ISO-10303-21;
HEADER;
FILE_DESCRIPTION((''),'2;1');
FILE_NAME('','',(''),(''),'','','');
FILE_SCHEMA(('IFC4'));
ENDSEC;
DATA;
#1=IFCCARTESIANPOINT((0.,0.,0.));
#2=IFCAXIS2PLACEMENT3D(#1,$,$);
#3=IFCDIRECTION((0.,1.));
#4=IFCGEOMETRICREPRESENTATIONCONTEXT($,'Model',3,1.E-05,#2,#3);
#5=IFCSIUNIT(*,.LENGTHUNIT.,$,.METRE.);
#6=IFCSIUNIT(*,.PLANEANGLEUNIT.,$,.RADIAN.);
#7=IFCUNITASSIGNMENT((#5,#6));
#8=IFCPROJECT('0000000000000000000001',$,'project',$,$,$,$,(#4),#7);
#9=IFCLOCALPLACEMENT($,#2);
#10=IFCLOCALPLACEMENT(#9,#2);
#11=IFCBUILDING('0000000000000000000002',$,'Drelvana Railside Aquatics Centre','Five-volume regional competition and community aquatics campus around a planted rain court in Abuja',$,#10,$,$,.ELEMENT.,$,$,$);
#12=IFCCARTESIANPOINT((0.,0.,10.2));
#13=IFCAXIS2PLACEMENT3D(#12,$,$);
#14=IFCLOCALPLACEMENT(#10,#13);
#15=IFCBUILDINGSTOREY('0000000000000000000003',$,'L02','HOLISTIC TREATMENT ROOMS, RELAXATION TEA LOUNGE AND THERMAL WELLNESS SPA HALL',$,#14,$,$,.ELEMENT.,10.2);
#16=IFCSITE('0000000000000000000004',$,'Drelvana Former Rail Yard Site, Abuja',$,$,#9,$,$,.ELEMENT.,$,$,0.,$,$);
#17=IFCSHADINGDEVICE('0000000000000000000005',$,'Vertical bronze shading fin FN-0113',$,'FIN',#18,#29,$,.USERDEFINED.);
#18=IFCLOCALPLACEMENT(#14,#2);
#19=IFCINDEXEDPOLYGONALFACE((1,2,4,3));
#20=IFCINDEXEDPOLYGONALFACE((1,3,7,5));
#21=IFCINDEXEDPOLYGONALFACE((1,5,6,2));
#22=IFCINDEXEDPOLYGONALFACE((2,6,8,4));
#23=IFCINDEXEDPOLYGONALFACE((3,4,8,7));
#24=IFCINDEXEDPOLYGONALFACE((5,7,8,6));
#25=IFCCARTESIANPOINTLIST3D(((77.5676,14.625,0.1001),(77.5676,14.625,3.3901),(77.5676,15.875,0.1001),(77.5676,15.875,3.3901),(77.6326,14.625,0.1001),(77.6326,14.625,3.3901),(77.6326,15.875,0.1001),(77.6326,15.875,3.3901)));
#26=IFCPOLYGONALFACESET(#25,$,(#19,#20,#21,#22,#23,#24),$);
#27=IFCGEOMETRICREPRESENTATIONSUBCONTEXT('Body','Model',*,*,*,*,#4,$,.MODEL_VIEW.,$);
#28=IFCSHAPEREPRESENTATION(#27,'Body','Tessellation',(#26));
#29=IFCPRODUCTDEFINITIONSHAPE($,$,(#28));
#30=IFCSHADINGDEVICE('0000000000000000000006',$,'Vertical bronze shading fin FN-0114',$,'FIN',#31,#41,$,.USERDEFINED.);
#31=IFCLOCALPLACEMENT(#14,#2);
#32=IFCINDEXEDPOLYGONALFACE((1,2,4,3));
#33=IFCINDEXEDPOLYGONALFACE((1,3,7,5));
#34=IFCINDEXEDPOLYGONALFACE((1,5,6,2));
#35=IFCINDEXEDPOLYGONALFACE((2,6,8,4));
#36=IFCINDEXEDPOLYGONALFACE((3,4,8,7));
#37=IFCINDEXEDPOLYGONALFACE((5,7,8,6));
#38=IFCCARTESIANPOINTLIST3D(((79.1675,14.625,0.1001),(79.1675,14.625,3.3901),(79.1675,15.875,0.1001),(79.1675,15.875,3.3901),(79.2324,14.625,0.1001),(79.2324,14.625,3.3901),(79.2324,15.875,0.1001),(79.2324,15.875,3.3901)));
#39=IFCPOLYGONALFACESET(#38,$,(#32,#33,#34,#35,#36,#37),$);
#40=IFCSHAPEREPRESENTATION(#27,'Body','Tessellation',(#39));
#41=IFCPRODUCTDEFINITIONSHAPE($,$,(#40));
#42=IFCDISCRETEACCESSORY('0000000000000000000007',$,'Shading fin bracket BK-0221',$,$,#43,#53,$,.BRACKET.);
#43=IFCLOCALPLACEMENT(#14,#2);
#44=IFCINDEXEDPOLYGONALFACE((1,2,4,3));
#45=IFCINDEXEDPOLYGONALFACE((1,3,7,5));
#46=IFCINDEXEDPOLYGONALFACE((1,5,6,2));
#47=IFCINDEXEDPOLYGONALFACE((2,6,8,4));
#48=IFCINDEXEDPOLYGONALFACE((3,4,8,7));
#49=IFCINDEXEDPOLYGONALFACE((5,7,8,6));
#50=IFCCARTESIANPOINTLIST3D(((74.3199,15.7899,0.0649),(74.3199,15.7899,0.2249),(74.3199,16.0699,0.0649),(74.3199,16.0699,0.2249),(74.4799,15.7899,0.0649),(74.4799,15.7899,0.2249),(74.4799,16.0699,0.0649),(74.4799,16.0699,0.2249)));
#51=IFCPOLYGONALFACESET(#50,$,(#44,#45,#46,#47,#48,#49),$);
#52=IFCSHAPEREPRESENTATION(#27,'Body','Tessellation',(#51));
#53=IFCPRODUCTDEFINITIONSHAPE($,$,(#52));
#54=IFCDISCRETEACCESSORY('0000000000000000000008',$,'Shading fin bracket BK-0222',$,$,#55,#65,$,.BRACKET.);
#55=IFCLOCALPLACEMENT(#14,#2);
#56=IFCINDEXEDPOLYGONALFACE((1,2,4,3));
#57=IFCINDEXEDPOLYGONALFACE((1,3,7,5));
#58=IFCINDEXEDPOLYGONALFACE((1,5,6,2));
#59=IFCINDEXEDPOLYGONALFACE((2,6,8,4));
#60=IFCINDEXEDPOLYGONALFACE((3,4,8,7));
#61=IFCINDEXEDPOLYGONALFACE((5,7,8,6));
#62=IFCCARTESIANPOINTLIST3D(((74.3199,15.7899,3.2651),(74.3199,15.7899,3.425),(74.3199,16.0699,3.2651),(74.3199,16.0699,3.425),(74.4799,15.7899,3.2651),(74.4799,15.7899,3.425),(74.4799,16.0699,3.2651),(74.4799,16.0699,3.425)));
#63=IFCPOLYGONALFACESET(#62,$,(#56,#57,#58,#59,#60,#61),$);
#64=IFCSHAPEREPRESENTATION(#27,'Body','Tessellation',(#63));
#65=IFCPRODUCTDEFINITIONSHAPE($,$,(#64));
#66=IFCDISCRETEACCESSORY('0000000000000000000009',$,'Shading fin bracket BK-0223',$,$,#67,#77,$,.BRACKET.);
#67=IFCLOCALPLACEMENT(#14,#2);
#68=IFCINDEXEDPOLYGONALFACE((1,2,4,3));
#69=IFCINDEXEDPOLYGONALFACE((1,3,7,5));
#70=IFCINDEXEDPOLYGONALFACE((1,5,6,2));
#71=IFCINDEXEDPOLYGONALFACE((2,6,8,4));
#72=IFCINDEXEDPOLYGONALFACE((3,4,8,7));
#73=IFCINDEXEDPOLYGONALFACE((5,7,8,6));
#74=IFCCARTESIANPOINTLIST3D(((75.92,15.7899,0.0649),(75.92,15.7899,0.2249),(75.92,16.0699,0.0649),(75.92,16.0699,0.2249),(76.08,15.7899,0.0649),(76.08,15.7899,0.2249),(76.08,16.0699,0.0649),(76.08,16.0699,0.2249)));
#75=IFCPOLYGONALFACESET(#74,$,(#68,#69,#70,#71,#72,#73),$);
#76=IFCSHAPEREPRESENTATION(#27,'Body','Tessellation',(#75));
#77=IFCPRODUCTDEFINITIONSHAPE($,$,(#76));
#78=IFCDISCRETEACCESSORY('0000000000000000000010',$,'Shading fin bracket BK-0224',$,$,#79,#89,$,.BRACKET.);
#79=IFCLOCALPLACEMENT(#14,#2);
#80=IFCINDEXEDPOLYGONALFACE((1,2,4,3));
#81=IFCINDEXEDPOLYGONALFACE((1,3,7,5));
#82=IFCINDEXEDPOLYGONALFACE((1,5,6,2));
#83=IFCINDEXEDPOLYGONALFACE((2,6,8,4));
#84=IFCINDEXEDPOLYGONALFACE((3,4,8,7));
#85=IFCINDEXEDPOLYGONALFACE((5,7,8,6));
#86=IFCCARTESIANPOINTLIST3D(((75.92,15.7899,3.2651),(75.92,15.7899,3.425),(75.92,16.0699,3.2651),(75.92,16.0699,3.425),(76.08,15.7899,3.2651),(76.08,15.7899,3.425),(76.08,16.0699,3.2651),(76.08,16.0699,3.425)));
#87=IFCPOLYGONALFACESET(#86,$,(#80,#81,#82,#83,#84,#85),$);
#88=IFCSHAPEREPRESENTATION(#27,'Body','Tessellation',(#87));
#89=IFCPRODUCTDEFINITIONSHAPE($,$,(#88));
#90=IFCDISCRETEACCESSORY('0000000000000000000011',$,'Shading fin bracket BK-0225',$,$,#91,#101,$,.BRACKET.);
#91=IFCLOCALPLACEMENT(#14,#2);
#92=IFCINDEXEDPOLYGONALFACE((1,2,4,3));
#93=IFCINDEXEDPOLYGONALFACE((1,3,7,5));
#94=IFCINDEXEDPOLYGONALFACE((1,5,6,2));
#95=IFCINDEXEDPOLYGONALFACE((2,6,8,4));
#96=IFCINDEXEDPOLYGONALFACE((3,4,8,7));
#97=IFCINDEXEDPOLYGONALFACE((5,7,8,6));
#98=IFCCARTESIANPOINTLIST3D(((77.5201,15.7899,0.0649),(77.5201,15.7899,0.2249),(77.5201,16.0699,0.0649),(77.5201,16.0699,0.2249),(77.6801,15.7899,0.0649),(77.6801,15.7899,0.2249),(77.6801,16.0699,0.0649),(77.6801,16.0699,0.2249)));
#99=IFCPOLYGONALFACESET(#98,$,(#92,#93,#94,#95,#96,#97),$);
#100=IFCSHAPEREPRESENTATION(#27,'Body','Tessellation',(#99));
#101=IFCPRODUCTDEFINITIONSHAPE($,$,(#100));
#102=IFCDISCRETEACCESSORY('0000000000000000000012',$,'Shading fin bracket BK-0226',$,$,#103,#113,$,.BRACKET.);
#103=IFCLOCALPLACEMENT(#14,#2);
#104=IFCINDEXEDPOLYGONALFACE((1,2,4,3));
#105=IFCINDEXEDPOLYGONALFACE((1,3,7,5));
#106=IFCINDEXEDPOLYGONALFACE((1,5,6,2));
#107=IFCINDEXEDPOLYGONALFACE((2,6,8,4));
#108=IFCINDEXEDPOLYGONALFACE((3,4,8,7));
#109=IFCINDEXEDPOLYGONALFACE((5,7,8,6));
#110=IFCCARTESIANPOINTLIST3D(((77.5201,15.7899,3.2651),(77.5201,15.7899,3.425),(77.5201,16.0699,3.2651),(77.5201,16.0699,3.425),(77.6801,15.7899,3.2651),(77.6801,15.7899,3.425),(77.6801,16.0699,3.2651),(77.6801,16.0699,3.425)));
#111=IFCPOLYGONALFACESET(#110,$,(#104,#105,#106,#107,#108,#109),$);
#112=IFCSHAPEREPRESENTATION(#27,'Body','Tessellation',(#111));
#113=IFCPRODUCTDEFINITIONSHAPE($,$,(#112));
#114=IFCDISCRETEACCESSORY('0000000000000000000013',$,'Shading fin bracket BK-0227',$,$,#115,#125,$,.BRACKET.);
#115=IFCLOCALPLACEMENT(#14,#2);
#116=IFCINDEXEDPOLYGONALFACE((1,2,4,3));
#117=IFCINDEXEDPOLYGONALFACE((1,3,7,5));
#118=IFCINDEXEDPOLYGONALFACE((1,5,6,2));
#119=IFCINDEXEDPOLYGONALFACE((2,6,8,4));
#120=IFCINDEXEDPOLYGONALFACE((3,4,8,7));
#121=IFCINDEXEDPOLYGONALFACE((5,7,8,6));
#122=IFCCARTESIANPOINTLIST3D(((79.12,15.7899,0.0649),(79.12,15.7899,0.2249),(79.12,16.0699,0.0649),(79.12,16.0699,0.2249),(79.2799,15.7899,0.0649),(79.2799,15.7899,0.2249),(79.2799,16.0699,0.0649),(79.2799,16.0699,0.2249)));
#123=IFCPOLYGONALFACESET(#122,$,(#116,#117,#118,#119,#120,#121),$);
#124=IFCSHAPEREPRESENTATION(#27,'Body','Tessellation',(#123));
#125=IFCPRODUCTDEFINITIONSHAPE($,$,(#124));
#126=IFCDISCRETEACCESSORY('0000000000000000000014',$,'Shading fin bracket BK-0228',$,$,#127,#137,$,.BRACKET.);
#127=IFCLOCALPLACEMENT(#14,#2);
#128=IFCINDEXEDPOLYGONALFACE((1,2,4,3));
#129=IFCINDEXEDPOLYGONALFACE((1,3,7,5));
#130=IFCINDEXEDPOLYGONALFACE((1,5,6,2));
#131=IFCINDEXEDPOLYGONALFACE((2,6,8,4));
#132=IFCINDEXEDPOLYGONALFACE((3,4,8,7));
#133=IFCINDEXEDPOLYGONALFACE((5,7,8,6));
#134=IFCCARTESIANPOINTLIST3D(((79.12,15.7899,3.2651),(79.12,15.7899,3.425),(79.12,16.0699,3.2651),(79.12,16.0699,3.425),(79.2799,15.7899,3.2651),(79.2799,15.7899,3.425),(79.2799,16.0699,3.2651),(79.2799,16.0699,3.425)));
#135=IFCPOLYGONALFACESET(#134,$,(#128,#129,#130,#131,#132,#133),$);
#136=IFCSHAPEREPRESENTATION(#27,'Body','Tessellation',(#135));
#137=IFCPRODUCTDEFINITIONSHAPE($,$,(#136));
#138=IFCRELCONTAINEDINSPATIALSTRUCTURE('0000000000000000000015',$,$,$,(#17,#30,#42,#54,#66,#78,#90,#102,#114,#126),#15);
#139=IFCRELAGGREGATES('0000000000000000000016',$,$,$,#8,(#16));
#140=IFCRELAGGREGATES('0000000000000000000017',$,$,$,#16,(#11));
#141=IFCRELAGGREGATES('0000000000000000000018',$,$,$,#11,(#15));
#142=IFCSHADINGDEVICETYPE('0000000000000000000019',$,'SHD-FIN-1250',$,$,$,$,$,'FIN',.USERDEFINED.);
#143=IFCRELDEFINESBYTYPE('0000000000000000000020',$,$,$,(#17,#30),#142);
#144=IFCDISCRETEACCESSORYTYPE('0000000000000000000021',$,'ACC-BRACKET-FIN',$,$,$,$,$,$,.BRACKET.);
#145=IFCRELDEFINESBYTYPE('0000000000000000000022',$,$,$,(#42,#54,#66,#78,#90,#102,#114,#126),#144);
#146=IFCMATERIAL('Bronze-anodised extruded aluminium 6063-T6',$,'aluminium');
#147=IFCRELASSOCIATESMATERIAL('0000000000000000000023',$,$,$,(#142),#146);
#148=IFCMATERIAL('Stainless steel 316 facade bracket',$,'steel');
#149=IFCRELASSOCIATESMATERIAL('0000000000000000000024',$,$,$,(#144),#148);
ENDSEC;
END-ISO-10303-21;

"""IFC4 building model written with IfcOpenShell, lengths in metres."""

from ifc_helpers import new_model, si_unit, direction, frame, origin, origin_2d, place, context, subcontext, project, spatial, rectangle, extrude, material, type_object, element, save


model = new_model("IFC4")

# Units and contexts
model_context = context("Model", 3, precision=1e-05, world=origin(), true_north=direction((0.0, 1.0)))
body_context = subcontext(model_context, "Body", "Model", "MODEL_VIEW")
ifc_project = project(units=[si_unit("LENGTHUNIT", "METRE"), si_unit("PLANEANGLEUNIT", "RADIAN")], contexts=[model_context])

# Site, building, storey
site_placement = place(None, origin())
site = spatial("IfcSite", under=ifc_project, at=site_placement, Name="Drelvana Former Rail Yard Site, Abuja", CompositionType="ELEMENT", RefElevation=0.0)
building_placement = place(site_placement, origin())
building = spatial("IfcBuilding", under=site, at=building_placement, Name="Drelvana Railside Aquatics Centre", Description="Five-volume regional competition and community aquatics campus around a planted rain court in Abuja", CompositionType="ELEMENT")
storey_placement = place(building_placement, frame((0.0, 0.0, 10.2)))
storey = spatial("IfcBuildingStorey", under=building, at=storey_placement, Name="L02", Description="HOLISTIC TREATMENT ROOMS, RELAXATION TEA LOUNGE AND THERMAL WELLNESS SPA HALL", CompositionType="ELEMENT", Elevation=10.2)

# Shared definitions
ifc_material_1 = material(Name="Bronze-anodised extruded aluminium 6063-T6", Category="aluminium")

# Shading devices
shading_device_type = type_object("IfcShadingDeviceType", Name="SHD-FIN-1250", ElementType="FIN", PredefinedType="USERDEFINED", material=ifc_material_1)
for number, where, z_axis, x_axis, name in (
    (1, (77.6001, 15.25, 0.1001), (0.0, 0.0, 1.0), (0.0, -1.0, 0.0), "Vertical bronze shading fin FN-0113"),
    (2, (79.2, 15.25, 0.1001), (0.0, 0.0, 1.0), (0.0, -1.0, 0.0), "Vertical bronze shading fin FN-0114"),
):
    element("IfcShadingDevice", number, at=place(storey_placement, frame(where, z_axis=z_axis, x_axis=x_axis)), inside=storey, type_object=shading_device_type, Name=name, ObjectType="FIN", PredefinedType="USERDEFINED", context=body_context, shape_type="SweptSolid", body=[
        extrude(rectangle(XDim=1.25, YDim=0.0649, at=origin_2d()), origin(), (0.0, 0.0, 1.0), 3.29),
    ])

# Discrete accessories
ifc_material_2 = material(Name="Stainless steel 316 facade bracket", Category="steel")
discrete_accessory_type = type_object("IfcDiscreteAccessoryType", Name="ACC-BRACKET-FIN", PredefinedType="BRACKET", material=ifc_material_2)
for number, where, z_axis, x_axis, name in (
    (3, (74.3999, 15.9299, 0.0649), (0.0, 0.0, 1.0), (0.0, -1.0, 0.0), "Shading fin bracket BK-0221"),
    (4, (74.3999, 15.9299, 3.2651), (0.0, 0.0, 1.0), (0.0, -1.0, 0.0), "Shading fin bracket BK-0222"),
    (5, (76.0, 15.9299, 0.0649), (0.0, 0.0, 1.0), (0.0, -1.0, 0.0), "Shading fin bracket BK-0223"),
    (6, (76.0, 15.9299, 3.2651), (0.0, 0.0, 1.0), (0.0, -1.0, 0.0), "Shading fin bracket BK-0224"),
    (7, (77.6001, 15.9299, 0.0649), (0.0, 0.0, 1.0), (0.0, -1.0, 0.0), "Shading fin bracket BK-0225"),
    (8, (77.6001, 15.9299, 3.2651), (0.0, 0.0, 1.0), (0.0, -1.0, 0.0), "Shading fin bracket BK-0226"),
    (9, (79.2, 15.9299, 0.0649), (0.0, 0.0, 1.0), (0.0, -1.0, 0.0), "Shading fin bracket BK-0227"),
    (10, (79.2, 15.9299, 3.2651), (0.0, 0.0, 1.0), (0.0, -1.0, 0.0), "Shading fin bracket BK-0228"),
):
    element("IfcDiscreteAccessory", number, at=place(storey_placement, frame(where, z_axis=z_axis, x_axis=x_axis)), inside=storey, type_object=discrete_accessory_type, Name=name, PredefinedType="BRACKET", context=body_context, shape_type="SweptSolid", body=[
        extrude(rectangle(XDim=0.28, YDim=0.1599, at=origin_2d()), origin(), (0.0, 0.0, 1.0), 0.1599),
    ])

save(model, "model.ifc")
